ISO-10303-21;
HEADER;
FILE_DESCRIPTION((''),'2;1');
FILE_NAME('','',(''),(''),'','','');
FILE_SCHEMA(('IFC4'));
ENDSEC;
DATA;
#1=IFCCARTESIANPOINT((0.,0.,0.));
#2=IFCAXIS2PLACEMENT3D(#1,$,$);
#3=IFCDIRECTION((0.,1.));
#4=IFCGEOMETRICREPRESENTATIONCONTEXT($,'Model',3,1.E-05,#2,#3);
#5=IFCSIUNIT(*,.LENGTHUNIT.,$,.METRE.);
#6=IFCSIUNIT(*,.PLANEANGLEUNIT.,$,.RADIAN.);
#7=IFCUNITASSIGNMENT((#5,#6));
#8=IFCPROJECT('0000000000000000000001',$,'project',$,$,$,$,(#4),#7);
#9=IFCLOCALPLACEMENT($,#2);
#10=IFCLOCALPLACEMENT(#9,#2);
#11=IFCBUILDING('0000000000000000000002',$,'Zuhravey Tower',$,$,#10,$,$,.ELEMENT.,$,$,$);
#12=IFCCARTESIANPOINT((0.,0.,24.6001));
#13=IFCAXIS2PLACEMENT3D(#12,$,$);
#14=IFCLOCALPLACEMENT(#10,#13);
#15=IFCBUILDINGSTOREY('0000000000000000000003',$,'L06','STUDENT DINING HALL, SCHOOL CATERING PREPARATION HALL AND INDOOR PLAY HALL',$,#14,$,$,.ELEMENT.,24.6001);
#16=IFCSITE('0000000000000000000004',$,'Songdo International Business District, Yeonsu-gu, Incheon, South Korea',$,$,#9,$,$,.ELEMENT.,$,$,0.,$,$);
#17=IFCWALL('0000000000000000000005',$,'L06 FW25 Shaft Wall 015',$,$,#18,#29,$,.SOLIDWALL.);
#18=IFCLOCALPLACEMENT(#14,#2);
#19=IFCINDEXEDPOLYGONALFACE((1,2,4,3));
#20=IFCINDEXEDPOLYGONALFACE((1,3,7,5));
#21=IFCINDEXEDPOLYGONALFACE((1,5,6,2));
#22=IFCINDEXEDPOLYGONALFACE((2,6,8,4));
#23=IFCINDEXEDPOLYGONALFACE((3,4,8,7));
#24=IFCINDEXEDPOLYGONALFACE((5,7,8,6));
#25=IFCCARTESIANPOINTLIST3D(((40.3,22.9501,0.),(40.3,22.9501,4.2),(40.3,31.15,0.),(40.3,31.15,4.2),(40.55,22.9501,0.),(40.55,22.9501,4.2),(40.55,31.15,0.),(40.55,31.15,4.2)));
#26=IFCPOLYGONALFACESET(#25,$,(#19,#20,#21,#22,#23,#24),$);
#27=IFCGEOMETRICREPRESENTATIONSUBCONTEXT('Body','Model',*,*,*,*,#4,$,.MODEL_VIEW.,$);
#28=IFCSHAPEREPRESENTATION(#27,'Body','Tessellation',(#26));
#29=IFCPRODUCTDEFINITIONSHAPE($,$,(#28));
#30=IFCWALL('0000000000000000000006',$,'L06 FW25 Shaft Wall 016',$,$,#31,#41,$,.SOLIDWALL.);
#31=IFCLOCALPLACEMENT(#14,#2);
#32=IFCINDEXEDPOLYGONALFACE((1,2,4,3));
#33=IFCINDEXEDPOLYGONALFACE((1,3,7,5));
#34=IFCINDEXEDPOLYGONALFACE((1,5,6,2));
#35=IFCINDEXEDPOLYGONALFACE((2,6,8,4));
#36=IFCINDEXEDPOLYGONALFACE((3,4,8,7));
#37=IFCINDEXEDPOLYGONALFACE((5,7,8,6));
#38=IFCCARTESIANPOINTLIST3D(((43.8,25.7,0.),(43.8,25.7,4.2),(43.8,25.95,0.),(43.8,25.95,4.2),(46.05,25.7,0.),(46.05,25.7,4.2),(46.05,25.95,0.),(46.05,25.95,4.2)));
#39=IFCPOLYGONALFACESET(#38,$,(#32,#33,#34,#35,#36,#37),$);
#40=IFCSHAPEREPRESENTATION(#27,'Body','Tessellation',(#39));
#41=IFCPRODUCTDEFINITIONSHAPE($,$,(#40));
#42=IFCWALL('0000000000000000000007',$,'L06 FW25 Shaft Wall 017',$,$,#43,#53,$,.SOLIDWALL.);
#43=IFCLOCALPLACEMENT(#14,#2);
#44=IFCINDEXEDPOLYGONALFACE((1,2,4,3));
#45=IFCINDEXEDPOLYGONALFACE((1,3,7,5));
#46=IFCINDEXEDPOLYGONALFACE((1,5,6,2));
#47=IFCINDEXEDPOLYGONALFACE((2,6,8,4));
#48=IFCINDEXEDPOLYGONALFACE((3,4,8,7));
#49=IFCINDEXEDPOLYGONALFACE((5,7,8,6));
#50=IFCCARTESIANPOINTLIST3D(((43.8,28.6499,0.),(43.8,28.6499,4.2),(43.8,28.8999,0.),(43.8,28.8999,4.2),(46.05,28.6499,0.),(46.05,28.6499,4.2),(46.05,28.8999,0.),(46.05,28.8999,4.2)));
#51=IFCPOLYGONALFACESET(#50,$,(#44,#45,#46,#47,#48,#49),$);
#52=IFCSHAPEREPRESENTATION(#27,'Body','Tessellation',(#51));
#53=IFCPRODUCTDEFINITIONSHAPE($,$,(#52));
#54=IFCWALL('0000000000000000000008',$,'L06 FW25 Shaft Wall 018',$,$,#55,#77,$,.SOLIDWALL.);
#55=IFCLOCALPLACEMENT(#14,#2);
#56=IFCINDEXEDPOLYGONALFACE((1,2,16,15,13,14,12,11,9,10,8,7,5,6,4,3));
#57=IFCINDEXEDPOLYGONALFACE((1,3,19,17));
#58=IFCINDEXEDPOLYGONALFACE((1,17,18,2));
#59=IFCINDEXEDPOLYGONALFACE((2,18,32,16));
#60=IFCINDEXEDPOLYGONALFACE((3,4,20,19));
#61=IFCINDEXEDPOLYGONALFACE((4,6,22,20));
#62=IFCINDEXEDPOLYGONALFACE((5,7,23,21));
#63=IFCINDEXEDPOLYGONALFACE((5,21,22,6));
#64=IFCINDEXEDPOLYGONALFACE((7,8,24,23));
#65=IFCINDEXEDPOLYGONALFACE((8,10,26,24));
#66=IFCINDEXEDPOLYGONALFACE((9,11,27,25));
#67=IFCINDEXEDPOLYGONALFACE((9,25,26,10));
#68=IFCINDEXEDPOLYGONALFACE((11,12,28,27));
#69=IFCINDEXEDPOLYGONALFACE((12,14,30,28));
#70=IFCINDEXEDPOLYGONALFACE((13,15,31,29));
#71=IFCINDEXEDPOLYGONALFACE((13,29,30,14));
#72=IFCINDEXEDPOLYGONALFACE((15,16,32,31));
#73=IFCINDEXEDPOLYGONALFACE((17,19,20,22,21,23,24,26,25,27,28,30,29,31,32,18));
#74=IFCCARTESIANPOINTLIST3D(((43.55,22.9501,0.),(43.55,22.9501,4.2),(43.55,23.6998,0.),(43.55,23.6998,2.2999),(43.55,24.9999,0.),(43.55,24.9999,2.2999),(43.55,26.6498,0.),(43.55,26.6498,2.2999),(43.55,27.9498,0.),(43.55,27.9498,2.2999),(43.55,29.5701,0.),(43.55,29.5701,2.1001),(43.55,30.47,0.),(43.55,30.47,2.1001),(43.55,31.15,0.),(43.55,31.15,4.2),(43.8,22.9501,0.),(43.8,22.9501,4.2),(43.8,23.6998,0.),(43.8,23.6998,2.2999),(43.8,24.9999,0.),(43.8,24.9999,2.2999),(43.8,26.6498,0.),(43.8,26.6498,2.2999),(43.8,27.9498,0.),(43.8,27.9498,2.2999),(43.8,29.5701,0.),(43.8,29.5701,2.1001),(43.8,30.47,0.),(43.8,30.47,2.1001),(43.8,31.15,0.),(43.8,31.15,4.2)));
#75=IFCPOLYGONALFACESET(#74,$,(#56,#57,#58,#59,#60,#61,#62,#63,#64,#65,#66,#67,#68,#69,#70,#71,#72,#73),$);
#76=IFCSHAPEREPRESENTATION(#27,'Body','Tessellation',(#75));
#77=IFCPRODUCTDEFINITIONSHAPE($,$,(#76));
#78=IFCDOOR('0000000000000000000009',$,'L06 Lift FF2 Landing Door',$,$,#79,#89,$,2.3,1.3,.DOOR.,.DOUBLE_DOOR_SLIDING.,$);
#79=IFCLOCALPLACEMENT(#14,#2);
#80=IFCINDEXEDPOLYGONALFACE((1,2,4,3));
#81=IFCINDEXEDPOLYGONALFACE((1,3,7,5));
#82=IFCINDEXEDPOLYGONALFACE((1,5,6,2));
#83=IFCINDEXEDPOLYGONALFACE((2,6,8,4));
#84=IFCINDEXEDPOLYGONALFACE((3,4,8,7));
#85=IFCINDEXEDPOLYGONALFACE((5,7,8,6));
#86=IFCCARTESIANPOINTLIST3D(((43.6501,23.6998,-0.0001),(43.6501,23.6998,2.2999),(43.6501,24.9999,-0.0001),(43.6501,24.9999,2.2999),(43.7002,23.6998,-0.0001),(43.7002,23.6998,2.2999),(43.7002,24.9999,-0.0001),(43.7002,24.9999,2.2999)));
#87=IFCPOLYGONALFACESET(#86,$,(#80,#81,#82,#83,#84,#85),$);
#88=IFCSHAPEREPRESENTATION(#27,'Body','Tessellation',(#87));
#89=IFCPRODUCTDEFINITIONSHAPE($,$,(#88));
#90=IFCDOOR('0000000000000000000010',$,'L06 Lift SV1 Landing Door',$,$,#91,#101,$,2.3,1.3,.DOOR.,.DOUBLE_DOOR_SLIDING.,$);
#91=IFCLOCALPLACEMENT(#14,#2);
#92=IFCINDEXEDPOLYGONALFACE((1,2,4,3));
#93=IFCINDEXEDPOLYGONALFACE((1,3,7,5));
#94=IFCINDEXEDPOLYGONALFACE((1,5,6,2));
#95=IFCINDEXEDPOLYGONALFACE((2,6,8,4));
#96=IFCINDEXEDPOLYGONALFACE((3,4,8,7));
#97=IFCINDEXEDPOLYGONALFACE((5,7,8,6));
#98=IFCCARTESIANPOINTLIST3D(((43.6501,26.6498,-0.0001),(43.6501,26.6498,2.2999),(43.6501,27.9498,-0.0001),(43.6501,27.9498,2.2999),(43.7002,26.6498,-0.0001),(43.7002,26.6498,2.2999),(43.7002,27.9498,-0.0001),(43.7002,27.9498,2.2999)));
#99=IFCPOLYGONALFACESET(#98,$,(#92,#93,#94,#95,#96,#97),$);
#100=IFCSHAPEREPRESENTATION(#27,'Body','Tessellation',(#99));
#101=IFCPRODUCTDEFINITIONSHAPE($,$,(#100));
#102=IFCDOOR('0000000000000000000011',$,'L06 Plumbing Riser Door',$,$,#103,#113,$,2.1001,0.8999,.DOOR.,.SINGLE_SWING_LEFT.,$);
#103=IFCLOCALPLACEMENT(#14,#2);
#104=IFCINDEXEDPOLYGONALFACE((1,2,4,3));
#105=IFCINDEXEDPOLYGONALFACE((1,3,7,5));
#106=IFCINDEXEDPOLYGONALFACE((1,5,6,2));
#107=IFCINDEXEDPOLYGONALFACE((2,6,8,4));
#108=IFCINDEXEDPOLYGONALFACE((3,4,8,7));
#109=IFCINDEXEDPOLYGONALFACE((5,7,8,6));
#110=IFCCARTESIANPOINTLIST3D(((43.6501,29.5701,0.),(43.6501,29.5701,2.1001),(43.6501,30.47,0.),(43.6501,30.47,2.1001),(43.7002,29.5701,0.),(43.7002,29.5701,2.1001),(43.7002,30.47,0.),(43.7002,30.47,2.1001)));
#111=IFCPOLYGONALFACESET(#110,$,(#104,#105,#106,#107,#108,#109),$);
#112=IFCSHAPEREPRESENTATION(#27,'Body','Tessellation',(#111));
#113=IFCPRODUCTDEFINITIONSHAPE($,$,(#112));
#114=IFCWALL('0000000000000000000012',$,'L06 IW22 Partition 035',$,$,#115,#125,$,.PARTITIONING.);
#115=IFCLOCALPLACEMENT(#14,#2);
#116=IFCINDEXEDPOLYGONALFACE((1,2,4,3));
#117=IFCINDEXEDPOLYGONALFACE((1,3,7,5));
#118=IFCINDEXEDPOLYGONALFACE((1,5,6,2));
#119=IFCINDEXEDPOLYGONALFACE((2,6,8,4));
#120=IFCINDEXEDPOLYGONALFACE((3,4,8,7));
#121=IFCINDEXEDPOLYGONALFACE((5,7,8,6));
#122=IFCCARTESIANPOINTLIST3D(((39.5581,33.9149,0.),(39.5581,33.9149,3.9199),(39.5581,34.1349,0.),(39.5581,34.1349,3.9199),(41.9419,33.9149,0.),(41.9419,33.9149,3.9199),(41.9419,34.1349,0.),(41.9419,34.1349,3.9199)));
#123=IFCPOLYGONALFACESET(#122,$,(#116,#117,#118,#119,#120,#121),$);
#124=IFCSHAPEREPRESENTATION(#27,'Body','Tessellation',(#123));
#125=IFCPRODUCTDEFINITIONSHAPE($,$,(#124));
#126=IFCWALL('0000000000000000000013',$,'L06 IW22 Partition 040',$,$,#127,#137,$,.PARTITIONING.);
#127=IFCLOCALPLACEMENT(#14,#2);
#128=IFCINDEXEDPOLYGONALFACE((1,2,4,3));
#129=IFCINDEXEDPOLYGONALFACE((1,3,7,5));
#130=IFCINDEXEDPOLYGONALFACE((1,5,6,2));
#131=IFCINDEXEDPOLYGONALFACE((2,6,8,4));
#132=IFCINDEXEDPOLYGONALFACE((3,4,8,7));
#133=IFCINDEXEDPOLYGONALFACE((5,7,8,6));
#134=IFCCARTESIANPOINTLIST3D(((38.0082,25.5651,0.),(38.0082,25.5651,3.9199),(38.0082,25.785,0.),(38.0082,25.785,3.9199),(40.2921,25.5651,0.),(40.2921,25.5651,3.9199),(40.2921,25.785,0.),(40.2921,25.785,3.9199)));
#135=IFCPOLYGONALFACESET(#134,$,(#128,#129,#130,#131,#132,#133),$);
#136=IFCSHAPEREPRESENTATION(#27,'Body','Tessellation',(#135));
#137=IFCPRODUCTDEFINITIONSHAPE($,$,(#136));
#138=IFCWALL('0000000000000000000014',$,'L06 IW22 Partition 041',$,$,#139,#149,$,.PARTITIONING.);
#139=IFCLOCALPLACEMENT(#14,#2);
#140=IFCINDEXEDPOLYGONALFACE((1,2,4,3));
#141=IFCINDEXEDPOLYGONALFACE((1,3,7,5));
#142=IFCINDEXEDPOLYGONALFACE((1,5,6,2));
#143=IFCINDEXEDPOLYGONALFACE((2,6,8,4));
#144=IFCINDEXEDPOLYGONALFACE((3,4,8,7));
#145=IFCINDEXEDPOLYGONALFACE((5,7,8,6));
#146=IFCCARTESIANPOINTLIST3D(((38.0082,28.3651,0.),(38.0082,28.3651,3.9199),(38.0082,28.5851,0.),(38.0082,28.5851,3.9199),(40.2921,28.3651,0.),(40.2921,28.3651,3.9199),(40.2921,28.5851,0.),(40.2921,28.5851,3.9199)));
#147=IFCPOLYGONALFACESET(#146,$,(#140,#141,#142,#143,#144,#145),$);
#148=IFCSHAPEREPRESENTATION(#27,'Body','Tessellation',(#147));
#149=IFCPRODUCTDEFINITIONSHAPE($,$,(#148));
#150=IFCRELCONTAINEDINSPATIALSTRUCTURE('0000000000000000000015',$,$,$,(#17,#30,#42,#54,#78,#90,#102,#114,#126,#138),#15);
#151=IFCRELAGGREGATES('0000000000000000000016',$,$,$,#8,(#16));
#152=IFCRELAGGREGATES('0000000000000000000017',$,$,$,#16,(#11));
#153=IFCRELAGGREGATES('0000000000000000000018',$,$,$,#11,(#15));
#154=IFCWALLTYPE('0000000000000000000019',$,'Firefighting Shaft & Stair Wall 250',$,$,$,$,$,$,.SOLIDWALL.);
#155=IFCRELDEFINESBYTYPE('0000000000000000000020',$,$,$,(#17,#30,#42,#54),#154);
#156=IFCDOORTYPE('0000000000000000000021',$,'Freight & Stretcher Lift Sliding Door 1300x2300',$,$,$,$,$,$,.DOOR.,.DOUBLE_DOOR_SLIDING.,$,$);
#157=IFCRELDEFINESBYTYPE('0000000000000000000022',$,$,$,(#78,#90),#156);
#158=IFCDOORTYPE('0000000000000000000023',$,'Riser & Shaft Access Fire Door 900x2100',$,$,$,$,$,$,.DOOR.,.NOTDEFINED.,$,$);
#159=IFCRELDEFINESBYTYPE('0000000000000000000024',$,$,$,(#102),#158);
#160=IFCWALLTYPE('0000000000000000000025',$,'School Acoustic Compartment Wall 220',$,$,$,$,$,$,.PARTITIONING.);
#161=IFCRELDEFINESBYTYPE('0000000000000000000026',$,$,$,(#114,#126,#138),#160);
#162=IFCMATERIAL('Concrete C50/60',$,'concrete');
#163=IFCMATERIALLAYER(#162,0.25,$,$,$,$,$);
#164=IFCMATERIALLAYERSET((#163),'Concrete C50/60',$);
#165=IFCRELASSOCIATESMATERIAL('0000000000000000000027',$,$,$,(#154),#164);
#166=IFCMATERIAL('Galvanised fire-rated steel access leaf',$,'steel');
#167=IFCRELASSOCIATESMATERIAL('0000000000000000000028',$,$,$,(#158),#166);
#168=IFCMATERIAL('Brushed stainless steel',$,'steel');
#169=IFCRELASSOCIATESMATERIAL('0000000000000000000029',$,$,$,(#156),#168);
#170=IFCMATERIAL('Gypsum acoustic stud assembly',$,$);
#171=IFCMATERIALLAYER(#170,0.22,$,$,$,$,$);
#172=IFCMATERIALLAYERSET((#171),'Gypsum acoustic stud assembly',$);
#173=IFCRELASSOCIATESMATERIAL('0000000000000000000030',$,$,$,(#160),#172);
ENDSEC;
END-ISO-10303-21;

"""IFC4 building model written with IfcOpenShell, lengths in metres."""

from ifc_helpers import new_model, si_unit, direction, frame, frame_2d, origin, place, context, subcontext, project, spatial, rectangle, extrude, material, layer, layer_set, type_object, element, fill, save


model = new_model("IFC4")

# Units and contexts
model_context = context("Model", 3, precision=1e-05, world=origin(), true_north=direction((0.0, 1.0)))
body_context = subcontext(model_context, "Body", "Model", "MODEL_VIEW")
ifc_project = project(units=[si_unit("LENGTHUNIT", "METRE"), si_unit("PLANEANGLEUNIT", "RADIAN")], contexts=[model_context])

# Site, building, storey
site_placement = place(None, origin())
site = spatial("IfcSite", under=ifc_project, at=site_placement, Name="Songdo International Business District, Yeonsu-gu, Incheon, South Korea", CompositionType="ELEMENT", RefElevation=0.0)
building_placement = place(site_placement, origin())
building = spatial("IfcBuilding", under=site, at=building_placement, Name="Zuhravey Tower", CompositionType="ELEMENT")
storey_placement = place(building_placement, frame((0.0, 0.0, 24.6001)))
storey = spatial("IfcBuildingStorey", under=building, at=storey_placement, Name="L06", Description="STUDENT DINING HALL, SCHOOL CATERING PREPARATION HALL AND INDOOR PLAY HALL", CompositionType="ELEMENT", Elevation=24.6001)

# Shared definitions
ifc_material_1 = material(Name="Concrete C50/60", Category="concrete")
ifc_layer_1 = layer(ifc_material_1, 0.25)
ifc_layer_set_1 = layer_set([ifc_layer_1], Name="Concrete C50/60")
wall_type_1 = type_object("IfcWallType", Name="Firefighting Shaft & Stair Wall 250", PredefinedType="SOLIDWALL", material=ifc_layer_set_1)

# Shared definitions
ifc_material_2 = material(Name="Galvanised fire-rated steel access leaf", Category="steel")
door_type_1 = type_object("IfcDoorType", Name="Riser & Shaft Access Fire Door 900x2100", OperationType="NOTDEFINED", PredefinedType="DOOR", material=ifc_material_2)

# Walls
for number, where, z_axis, x_axis, name in (
    (1, (40.425, 22.95, 0.0), (0.0, 0.0, 1.0), (0.0, 1.0, 0.0), "L06 FW25 Shaft Wall 015"),
):
    element("IfcWall", number, at=place(storey_placement, frame(where, z_axis=z_axis, x_axis=x_axis)), inside=storey, type_object=wall_type_1, Name=name, PredefinedType="SOLIDWALL", context=body_context, shape_type="SweptSolid", body=[
        extrude(rectangle(XDim=8.2, YDim=0.25, at=frame_2d((4.1001, 0.0))), origin(), (0.0, 0.0, 1.0), 4.2),
    ])
for number, where, z_axis, x_axis, name in (
    (2, (43.8, 25.825, 0.0), (0.0, 0.0, 1.0), (1.0, 0.0, 0.0), "L06 FW25 Shaft Wall 016"),
    (3, (43.8, 28.7749, 0.0), (0.0, 0.0, 1.0), (1.0, 0.0, 0.0), "L06 FW25 Shaft Wall 017"),
):
    element("IfcWall", number, at=place(storey_placement, frame(where, z_axis=z_axis, x_axis=x_axis)), inside=storey, type_object=wall_type_1, Name=name, PredefinedType="SOLIDWALL", context=body_context, shape_type="SweptSolid", body=[
        extrude(rectangle(XDim=2.25, YDim=0.25, at=frame_2d((1.125, 0.0))), origin(), (0.0, 0.0, 1.0), 4.2),
    ])

# Wall, openings, doors
wall_1_placement = place(storey_placement, frame((43.675, 22.95, 0.0), z_axis=(0.0, 0.0, 1.0), x_axis=(0.0, 1.0, 0.0)))
wall_1 = element("IfcWall", 4, at=wall_1_placement, inside=storey, type_object=wall_type_1, Name="L06 FW25 Shaft Wall 018", PredefinedType="SOLIDWALL", context=body_context, shape_type="SweptSolid", body=[
    extrude(rectangle(XDim=8.2, YDim=0.25, at=frame_2d((4.1001, 0.0))), origin(), (0.0, 0.0, 1.0), 4.2),
])
opening_1_placement = place(wall_1_placement, frame((0.75, 0.0, 0.0)))
opening_1 = element("IfcOpeningElement", 5, at=opening_1_placement, cuts=wall_1, PredefinedType="OPENING", context=body_context, shape_type="SweptSolid", body=[
    extrude(rectangle(XDim=1.3, YDim=2.3, at=frame_2d((0.6499, 1.1499))), frame((0.0, 0.137, 0.0), z_axis=(0.0, -1.0, 0.0), x_axis=(1.0, 0.0, 0.0)), (0.0, 0.0, 1.0), 0.2739),
])
opening_2_placement = place(wall_1_placement, frame((3.7, 0.0, 0.0)))
opening_2 = element("IfcOpeningElement", 6, at=opening_2_placement, cuts=wall_1, PredefinedType="OPENING", context=body_context, shape_type="SweptSolid", body=[
    extrude(rectangle(XDim=1.3, YDim=2.3, at=frame_2d((0.6499, 1.1499))), frame((0.0, 0.137, 0.0), z_axis=(0.0, -1.0, 0.0), x_axis=(1.0, 0.0, 0.0)), (0.0, 0.0, 1.0), 0.2739),
])
opening_3_placement = place(wall_1_placement, frame((6.6201, 0.0, 0.0)))
opening_3 = element("IfcOpeningElement", 7, at=opening_3_placement, cuts=wall_1, PredefinedType="OPENING", context=body_context, shape_type="SweptSolid", body=[
    extrude(rectangle(XDim=0.8999, YDim=2.1001, at=frame_2d((0.45, 1.05))), frame((0.0, 0.137, 0.0), z_axis=(0.0, -1.0, 0.0), x_axis=(1.0, 0.0, 0.0)), (0.0, 0.0, 1.0), 0.2739),
])
ifc_material_3 = material(Name="Brushed stainless steel", Category="steel")
door_type_2 = type_object("IfcDoorType", Name="Freight & Stretcher Lift Sliding Door 1300x2300", OperationType="DOUBLE_DOOR_SLIDING", PredefinedType="DOOR", material=ifc_material_3)
door_1_placement = place(opening_1_placement, origin())
door_1 = element("IfcDoor", 8, at=door_1_placement, inside=storey, type_object=door_type_2, Name="L06 Lift FF2 Landing Door", OperationType="DOUBLE_DOOR_SLIDING", OverallHeight=2.3, OverallWidth=1.3, PredefinedType="DOOR", context=body_context, shape_type="SweptSolid", body=[
    extrude(rectangle(XDim=1.3, YDim=2.3, at=frame_2d((0.6499, 1.1499))), frame((0.0, 0.0249, 0.0), z_axis=(0.0, -1.0, 0.0), x_axis=(1.0, 0.0, 0.0)), (0.0, 0.0, 1.0), 0.05),
])
fill(opening_1, door_1)
door_2_placement = place(opening_2_placement, origin())
door_2 = element("IfcDoor", 9, at=door_2_placement, inside=storey, type_object=door_type_2, Name="L06 Lift SV1 Landing Door", OperationType="DOUBLE_DOOR_SLIDING", OverallHeight=2.3, OverallWidth=1.3, PredefinedType="DOOR", context=body_context, shape_type="SweptSolid", body=[
    extrude(rectangle(XDim=1.3, YDim=2.3, at=frame_2d((0.6499, 1.1499))), frame((0.0, 0.0249, 0.0), z_axis=(0.0, -1.0, 0.0), x_axis=(1.0, 0.0, 0.0)), (0.0, 0.0, 1.0), 0.05),
])
fill(opening_2, door_2)
door_3_placement = place(opening_3_placement, origin())
door_3 = element("IfcDoor", 10, at=door_3_placement, inside=storey, type_object=door_type_1, Name="L06 Plumbing Riser Door", OperationType="SINGLE_SWING_LEFT", OverallHeight=2.1001, OverallWidth=0.8999, PredefinedType="DOOR", context=body_context, shape_type="SweptSolid", body=[
    extrude(rectangle(XDim=0.8999, YDim=2.1001, at=frame_2d((0.45, 1.05))), frame((0.0, 0.0249, 0.0), z_axis=(0.0, -1.0, 0.0), x_axis=(1.0, 0.0, 0.0)), (0.0, 0.0, 1.0), 0.05),
])
fill(opening_3, door_3)

# Walls
ifc_material_4 = material(Name="Gypsum acoustic stud assembly")
ifc_layer_2 = layer(ifc_material_4, 0.22)
ifc_layer_set_2 = layer_set([ifc_layer_2], Name="Gypsum acoustic stud assembly")
wall_type_2 = type_object("IfcWallType", Name="School Acoustic Compartment Wall 220", PredefinedType="PARTITIONING", material=ifc_layer_set_2)
wall_2_placement = place(storey_placement, frame((39.5581, 34.0249, 0.0), z_axis=(0.0, 0.0, 1.0), x_axis=(1.0, 0.0, 0.0)))
element("IfcWall", 11, at=wall_2_placement, inside=storey, type_object=wall_type_2, Name="L06 IW22 Partition 035", PredefinedType="PARTITIONING", context=body_context, shape_type="SweptSolid", body=[
    extrude(rectangle(XDim=2.3838, YDim=0.22, at=frame_2d((1.1919, 0.0))), origin(), (0.0, 0.0, 1.0), 3.9199),
])
for number, where, z_axis, x_axis, name in (
    (12, (38.0081, 25.675, 0.0), (0.0, 0.0, 1.0), (1.0, 0.0, 0.0), "L06 IW22 Partition 040"),
    (13, (38.0081, 28.4751, 0.0), (0.0, 0.0, 1.0), (1.0, 0.0, 0.0), "L06 IW22 Partition 041"),
):
    element("IfcWall", number, at=place(storey_placement, frame(where, z_axis=z_axis, x_axis=x_axis)), inside=storey, type_object=wall_type_2, Name=name, PredefinedType="PARTITIONING", context=body_context, shape_type="SweptSolid", body=[
        extrude(rectangle(XDim=2.2839, YDim=0.22, at=frame_2d((1.1421, 0.0))), origin(), (0.0, 0.0, 1.0), 3.9199),
    ])

save(model, "model.ifc")
